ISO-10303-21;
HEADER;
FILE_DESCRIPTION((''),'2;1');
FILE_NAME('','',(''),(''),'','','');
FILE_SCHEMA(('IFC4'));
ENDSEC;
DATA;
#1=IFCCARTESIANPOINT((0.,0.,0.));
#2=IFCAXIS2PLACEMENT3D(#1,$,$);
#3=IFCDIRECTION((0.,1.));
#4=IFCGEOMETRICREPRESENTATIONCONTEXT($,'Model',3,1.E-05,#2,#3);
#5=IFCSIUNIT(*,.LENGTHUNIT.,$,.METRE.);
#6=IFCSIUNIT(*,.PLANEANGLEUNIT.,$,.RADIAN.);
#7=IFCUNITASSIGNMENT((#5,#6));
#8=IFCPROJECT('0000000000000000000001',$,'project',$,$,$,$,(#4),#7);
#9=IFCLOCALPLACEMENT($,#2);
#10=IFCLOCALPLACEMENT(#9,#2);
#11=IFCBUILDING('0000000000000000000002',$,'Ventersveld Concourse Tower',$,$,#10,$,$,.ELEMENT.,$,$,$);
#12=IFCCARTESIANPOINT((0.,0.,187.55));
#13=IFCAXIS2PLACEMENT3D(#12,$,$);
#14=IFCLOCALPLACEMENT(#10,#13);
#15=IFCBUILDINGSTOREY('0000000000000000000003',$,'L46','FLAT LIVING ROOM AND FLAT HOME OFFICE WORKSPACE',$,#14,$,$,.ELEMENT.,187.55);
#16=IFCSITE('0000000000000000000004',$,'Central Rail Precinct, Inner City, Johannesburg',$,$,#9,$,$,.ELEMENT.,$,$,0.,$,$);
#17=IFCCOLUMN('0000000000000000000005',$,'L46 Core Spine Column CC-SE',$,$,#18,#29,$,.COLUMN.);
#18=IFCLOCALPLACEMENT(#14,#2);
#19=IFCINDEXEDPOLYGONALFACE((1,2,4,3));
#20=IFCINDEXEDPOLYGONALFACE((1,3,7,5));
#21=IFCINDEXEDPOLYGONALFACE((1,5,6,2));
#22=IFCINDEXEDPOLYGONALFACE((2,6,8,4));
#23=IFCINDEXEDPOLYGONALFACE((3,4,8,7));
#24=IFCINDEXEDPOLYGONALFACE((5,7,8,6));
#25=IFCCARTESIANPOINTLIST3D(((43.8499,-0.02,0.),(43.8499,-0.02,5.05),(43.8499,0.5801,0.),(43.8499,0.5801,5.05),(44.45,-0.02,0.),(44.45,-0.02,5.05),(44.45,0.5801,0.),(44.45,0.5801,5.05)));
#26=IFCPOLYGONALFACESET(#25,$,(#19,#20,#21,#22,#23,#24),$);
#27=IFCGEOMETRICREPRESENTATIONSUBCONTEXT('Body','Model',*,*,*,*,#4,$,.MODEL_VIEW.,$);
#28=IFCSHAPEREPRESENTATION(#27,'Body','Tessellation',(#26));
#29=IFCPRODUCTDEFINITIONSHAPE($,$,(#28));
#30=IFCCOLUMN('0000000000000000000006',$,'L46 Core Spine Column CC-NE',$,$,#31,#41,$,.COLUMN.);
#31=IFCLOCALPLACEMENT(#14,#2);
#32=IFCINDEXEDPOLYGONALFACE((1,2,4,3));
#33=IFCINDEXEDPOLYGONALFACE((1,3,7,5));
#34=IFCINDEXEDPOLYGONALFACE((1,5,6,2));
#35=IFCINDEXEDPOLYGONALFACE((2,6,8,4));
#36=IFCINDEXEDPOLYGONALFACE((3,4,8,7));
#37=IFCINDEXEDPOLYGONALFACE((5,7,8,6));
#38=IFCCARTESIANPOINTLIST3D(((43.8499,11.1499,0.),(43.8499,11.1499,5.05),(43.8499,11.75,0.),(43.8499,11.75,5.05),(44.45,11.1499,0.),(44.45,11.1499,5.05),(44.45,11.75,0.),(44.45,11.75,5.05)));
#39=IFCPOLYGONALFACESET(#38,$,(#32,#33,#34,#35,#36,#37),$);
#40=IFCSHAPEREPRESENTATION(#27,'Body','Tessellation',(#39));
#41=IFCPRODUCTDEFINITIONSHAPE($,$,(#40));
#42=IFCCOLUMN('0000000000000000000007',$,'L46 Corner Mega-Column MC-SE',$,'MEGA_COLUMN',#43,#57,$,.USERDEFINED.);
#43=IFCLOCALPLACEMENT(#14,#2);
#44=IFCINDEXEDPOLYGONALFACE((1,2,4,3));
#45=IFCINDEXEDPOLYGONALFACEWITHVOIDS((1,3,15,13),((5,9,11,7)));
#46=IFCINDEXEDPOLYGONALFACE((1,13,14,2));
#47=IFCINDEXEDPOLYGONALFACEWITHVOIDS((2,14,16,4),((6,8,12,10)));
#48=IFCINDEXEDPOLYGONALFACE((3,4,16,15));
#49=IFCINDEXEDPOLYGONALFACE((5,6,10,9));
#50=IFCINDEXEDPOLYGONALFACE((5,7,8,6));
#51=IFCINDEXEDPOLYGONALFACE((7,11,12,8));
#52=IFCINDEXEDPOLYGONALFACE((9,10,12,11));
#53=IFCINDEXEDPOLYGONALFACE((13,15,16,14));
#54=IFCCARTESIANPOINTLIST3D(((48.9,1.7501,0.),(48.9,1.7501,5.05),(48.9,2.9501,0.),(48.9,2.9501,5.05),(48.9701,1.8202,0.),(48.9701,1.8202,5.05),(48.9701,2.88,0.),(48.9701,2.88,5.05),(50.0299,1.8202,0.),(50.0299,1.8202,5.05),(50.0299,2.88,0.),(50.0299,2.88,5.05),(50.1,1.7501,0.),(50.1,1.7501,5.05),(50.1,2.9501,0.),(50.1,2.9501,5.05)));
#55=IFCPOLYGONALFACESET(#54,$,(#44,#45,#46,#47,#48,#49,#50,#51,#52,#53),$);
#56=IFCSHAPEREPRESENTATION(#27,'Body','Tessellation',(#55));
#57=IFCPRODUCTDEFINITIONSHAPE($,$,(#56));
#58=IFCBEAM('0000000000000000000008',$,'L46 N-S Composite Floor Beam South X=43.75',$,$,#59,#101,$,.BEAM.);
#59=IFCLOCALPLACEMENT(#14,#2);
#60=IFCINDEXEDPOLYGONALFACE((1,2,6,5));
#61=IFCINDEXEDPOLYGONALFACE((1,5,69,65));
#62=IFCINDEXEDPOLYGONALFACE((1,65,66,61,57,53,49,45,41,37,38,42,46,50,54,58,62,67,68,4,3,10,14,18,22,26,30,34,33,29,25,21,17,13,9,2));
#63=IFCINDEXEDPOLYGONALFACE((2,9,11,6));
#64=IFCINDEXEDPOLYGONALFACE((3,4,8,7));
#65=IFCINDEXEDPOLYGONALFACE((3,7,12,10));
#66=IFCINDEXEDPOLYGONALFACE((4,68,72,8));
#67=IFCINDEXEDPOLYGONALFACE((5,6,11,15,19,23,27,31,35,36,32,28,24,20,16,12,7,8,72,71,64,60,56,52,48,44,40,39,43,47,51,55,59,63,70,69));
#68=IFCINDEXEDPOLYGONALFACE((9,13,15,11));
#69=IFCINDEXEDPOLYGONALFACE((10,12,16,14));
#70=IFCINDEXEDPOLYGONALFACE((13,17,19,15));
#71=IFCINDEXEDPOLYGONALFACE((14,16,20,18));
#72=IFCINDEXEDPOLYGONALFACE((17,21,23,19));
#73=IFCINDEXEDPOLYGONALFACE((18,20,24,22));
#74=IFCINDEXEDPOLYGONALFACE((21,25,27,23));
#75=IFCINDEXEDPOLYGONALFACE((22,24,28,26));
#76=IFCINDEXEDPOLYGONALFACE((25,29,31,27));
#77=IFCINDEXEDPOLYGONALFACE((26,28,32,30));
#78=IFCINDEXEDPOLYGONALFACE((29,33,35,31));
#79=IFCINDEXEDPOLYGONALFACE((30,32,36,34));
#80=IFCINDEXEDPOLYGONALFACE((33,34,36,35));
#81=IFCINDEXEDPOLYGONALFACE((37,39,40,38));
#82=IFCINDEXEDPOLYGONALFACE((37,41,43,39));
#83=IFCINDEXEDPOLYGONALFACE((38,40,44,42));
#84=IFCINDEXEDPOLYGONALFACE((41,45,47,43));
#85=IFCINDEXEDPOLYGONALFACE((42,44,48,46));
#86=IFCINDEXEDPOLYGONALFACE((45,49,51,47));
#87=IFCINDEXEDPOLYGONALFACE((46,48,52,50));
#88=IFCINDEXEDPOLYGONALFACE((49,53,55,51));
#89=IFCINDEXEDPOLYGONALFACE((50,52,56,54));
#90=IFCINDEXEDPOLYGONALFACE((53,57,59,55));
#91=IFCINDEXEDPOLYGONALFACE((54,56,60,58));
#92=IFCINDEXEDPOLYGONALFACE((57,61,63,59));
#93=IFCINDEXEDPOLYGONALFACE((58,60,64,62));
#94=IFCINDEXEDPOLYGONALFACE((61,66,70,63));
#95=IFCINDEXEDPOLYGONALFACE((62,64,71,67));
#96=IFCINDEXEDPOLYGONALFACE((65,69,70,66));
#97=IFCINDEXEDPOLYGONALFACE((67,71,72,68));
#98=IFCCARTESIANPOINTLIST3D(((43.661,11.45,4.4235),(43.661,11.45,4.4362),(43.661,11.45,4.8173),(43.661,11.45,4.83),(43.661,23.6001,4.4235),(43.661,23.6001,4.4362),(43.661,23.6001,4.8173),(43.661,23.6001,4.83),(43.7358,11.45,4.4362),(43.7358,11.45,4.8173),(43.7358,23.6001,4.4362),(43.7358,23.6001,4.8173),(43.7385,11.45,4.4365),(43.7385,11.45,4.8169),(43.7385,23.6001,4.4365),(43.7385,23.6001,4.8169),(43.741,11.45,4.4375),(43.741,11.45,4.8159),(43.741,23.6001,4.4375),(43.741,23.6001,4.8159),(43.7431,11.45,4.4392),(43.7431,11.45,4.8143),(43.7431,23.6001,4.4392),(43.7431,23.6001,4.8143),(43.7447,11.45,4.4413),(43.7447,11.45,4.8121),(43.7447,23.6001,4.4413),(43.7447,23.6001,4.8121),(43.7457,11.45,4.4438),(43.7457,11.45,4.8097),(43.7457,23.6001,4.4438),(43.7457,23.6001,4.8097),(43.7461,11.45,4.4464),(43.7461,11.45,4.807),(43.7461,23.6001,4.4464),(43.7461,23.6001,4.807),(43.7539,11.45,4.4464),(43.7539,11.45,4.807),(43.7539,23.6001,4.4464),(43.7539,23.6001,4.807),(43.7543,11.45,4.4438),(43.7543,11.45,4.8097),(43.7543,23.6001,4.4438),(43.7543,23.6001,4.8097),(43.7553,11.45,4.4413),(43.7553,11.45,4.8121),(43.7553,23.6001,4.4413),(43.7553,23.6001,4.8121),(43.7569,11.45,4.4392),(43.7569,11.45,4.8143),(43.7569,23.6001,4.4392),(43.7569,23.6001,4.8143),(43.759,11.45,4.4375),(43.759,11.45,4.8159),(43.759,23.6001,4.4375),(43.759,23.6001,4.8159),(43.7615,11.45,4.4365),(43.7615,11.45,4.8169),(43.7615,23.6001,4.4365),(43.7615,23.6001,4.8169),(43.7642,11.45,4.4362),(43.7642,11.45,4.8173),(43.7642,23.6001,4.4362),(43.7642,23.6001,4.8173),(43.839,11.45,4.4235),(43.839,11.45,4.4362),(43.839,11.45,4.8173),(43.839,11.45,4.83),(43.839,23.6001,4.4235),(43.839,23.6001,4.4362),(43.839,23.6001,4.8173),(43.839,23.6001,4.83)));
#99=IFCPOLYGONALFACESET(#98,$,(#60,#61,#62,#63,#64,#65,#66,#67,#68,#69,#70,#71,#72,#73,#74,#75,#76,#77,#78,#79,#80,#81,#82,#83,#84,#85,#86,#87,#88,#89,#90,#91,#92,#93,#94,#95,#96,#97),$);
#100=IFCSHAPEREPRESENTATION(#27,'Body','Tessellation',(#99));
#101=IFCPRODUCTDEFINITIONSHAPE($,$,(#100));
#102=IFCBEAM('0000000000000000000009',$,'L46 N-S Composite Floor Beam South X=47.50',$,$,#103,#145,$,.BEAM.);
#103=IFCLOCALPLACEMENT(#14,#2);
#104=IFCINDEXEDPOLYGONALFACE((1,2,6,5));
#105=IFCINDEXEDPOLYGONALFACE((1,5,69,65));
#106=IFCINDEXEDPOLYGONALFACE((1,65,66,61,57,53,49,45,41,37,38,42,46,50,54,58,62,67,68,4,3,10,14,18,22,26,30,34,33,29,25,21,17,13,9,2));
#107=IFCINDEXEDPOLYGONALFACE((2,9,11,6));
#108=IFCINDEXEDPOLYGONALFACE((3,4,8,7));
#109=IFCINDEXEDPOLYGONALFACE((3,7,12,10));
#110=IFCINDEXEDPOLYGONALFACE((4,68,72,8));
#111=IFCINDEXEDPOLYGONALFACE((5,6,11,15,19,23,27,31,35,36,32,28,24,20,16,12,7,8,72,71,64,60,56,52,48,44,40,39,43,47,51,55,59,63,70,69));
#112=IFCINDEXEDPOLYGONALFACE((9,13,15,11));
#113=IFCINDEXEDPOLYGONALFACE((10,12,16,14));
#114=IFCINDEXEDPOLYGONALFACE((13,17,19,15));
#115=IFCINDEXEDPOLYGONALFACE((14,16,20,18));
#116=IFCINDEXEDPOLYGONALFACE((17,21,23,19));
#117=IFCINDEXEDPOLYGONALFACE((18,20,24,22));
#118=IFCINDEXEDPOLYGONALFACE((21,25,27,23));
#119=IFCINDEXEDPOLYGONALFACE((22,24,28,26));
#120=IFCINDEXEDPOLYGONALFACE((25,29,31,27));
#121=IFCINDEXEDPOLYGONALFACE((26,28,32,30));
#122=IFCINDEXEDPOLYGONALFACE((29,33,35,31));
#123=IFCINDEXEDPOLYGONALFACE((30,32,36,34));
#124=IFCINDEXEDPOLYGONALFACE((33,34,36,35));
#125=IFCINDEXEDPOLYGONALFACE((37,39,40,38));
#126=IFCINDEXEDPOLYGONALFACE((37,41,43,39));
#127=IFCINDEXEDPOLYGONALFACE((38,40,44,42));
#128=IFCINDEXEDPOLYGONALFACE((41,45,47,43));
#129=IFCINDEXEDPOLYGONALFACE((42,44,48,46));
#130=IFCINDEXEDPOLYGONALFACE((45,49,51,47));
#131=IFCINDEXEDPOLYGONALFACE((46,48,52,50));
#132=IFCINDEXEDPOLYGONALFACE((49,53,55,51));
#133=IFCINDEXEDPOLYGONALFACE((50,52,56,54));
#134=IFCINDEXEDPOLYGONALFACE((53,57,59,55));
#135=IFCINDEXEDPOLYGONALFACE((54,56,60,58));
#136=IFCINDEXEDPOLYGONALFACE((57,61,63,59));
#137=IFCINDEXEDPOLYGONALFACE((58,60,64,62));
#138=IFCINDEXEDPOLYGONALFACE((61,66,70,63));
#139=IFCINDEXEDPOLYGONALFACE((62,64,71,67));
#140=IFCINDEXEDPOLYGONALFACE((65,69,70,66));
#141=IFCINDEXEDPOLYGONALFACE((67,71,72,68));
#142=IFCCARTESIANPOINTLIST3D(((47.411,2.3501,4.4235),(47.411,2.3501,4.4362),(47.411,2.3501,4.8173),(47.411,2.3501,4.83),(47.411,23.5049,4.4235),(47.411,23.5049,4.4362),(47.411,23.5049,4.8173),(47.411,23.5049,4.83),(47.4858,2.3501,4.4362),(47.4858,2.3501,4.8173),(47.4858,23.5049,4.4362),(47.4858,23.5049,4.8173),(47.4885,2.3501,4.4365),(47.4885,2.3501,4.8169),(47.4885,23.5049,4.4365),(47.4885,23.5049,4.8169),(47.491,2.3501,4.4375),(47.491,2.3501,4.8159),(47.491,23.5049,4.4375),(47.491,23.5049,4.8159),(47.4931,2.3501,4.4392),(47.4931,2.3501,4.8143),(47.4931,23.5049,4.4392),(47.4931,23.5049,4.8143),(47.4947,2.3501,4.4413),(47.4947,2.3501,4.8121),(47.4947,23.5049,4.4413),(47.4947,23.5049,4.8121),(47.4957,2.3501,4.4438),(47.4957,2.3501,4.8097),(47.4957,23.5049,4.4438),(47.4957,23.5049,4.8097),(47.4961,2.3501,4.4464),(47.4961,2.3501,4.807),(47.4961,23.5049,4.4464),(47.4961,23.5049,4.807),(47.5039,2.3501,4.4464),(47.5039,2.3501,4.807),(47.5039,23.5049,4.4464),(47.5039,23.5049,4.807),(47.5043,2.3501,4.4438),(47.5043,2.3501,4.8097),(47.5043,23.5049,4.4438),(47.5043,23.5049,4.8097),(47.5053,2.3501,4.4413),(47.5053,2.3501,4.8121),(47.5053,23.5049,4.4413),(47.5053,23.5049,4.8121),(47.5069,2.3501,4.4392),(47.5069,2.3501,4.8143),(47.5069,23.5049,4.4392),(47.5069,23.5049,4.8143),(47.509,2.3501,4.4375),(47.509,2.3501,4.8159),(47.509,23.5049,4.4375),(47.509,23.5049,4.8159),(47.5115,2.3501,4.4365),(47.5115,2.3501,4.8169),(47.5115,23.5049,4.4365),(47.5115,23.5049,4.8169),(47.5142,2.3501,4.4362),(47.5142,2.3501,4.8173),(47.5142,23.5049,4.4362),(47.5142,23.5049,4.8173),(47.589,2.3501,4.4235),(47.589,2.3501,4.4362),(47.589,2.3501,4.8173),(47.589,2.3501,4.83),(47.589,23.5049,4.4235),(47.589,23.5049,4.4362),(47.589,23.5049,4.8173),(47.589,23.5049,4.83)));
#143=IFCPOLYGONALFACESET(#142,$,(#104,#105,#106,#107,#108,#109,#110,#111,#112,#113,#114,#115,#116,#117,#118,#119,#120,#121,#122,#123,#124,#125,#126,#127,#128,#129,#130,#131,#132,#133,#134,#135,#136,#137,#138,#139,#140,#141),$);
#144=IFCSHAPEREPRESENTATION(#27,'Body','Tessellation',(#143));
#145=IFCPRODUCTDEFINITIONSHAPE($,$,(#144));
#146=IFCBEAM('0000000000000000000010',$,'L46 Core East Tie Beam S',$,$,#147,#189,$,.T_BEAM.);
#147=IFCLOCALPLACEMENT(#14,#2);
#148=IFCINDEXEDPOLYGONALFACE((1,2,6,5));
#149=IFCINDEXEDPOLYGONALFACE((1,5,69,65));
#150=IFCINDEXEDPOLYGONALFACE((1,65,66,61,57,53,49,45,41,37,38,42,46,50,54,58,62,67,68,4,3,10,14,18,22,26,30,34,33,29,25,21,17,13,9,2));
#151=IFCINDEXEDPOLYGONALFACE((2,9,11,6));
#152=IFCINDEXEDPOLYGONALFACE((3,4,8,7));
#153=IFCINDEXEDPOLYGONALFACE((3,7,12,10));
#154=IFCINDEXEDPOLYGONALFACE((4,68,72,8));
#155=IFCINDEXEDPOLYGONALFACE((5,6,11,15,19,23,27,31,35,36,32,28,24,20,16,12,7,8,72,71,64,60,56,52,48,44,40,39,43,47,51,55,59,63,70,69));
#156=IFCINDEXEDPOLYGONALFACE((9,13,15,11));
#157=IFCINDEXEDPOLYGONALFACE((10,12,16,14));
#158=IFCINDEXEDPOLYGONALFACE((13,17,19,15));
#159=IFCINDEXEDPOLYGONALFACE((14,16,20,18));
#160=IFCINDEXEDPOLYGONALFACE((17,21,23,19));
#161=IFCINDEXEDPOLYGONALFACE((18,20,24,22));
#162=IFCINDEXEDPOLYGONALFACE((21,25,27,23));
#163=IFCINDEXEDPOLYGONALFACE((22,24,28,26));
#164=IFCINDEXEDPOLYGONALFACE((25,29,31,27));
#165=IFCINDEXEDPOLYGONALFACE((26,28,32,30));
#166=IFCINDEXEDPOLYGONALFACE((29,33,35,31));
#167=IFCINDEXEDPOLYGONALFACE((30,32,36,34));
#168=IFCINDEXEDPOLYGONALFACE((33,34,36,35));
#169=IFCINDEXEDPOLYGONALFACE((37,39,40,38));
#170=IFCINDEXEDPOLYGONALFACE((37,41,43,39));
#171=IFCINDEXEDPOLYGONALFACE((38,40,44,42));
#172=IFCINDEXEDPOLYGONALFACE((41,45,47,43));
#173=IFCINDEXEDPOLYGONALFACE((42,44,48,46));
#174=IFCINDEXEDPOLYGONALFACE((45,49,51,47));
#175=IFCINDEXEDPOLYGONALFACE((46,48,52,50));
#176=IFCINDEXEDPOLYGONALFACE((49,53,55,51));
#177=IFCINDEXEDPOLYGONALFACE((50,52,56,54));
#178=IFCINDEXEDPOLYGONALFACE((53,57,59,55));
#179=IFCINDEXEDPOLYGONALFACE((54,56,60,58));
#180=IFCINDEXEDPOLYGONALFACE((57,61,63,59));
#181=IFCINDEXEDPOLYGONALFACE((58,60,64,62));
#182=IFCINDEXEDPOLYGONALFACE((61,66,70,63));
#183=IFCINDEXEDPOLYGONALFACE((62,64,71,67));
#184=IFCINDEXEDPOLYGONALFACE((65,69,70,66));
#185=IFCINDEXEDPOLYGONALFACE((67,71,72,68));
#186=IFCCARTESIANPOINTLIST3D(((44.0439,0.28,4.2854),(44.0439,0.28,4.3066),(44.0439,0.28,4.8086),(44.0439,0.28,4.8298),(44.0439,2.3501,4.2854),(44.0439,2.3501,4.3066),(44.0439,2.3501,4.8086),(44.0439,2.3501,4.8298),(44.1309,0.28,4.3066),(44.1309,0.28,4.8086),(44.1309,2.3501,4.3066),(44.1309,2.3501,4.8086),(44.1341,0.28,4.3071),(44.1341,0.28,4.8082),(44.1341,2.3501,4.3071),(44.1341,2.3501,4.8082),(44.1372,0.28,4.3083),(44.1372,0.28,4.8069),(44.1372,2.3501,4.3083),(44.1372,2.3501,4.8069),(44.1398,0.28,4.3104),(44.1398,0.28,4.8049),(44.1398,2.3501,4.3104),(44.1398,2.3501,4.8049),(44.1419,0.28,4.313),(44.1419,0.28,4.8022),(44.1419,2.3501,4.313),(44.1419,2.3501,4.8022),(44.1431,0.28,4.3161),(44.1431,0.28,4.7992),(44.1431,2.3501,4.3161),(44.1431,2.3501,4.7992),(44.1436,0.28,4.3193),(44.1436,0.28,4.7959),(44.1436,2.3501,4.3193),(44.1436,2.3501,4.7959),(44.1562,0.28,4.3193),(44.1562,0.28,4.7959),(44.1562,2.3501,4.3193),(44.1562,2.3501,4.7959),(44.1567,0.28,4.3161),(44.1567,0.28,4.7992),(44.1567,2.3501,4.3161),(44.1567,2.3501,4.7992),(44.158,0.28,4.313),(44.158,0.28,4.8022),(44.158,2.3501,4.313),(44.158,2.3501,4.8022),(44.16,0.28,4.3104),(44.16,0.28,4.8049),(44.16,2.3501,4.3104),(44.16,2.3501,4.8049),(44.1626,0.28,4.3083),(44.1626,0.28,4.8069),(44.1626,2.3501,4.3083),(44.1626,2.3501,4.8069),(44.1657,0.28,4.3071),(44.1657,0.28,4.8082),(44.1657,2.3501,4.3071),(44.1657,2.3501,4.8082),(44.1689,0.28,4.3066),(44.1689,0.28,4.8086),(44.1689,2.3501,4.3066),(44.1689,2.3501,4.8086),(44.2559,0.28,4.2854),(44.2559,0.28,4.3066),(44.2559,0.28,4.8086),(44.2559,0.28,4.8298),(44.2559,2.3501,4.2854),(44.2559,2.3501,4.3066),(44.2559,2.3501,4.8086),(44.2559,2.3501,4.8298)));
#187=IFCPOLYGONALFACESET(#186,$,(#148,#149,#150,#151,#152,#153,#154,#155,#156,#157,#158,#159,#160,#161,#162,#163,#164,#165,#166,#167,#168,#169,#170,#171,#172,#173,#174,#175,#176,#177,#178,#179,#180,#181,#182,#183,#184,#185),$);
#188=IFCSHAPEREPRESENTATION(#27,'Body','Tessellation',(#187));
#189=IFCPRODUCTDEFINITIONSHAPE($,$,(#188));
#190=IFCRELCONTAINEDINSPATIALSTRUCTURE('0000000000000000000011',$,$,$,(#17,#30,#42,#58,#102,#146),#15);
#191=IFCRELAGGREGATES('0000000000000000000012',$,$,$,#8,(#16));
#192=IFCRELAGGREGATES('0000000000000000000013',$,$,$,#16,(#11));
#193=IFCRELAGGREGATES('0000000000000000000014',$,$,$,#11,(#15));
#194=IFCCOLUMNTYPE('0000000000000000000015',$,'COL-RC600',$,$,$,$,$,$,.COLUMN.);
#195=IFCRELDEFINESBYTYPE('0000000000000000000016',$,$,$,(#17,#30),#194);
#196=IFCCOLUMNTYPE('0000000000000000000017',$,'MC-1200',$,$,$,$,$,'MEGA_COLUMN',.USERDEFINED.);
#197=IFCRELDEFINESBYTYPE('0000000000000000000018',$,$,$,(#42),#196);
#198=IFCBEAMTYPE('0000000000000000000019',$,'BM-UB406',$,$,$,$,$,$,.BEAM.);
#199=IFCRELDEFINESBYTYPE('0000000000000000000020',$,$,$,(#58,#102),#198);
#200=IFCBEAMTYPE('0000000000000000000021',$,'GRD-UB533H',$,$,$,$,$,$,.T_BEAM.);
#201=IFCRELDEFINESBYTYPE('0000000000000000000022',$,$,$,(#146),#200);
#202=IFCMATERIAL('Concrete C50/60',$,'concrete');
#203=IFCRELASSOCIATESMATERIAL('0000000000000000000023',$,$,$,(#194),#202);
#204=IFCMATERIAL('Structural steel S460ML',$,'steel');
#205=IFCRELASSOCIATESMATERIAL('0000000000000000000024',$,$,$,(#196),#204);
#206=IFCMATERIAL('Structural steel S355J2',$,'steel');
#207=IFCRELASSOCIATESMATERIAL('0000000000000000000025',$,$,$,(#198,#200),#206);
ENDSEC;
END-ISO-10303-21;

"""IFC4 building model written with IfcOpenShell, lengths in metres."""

from ifc_helpers import new_model, si_unit, direction, frame, origin, origin_2d, place, context, subcontext, project, spatial, rectangle, hollow_rectangle, i_section, extrude, material, material_profile, profile_set, type_object, element, save


model = new_model("IFC4")

# Units and contexts
model_context = context("Model", 3, precision=1e-05, world=origin(), true_north=direction((0.0, 1.0)))
body_context = subcontext(model_context, "Body", "Model", "MODEL_VIEW")
ifc_project = project(units=[si_unit("LENGTHUNIT", "METRE"), si_unit("PLANEANGLEUNIT", "RADIAN")], contexts=[model_context])

# Site, building, storey
site_placement = place(None, origin())
site = spatial("IfcSite", under=ifc_project, at=site_placement, Name="Central Rail Precinct, Inner City, Johannesburg", CompositionType="ELEMENT", RefElevation=0.0)
building_placement = place(site_placement, origin())
building = spatial("IfcBuilding", under=site, at=building_placement, Name="Ventersveld Concourse Tower", CompositionType="ELEMENT")
storey_placement = place(building_placement, frame((0.0, 0.0, 187.55)))
storey = spatial("IfcBuildingStorey", under=building, at=storey_placement, Name="L46", Description="FLAT LIVING ROOM AND FLAT HOME OFFICE WORKSPACE", CompositionType="ELEMENT", Elevation=187.55)

# Columns
ifc_material_1 = material(Name="Concrete C50/60", Category="concrete")
ifc_material_profile_1 = material_profile(ifc_material_1, rectangle(XDim=0.6001, YDim=0.6001, at=origin_2d()), Name="RC 600x600")
ifc_profile_set_1 = profile_set([ifc_material_profile_1], Name="Concrete C50/60")
column_type_1 = type_object("IfcColumnType", Name="COL-RC600", PredefinedType="COLUMN", material=ifc_profile_set_1)
for number, where, z_axis, x_axis, name in (
    (1, (44.1499, 0.28, 0.0), (0.0, 0.0, 1.0), (1.0, 0.0, 0.0), "L46 Core Spine Column CC-SE"),
    (2, (44.1499, 11.45, 0.0), (0.0, 0.0, 1.0), (1.0, 0.0, 0.0), "L46 Core Spine Column CC-NE"),
):
    element("IfcColumn", number, at=place(storey_placement, frame(where, z_axis=z_axis, x_axis=x_axis)), inside=storey, type_object=column_type_1, Name=name, PredefinedType="COLUMN", context=body_context, shape_type="SweptSolid", body=[
        extrude(rectangle(XDim=0.6001, YDim=0.6001, at=origin_2d()), origin(), (0.0, 0.0, 1.0), 5.05),
    ])
ifc_material_2 = material(Name="Structural steel S460ML", Category="steel")
ifc_material_profile_2 = material_profile(ifc_material_2, hollow_rectangle(XDim=1.2, YDim=1.2, WallThickness=0.0701, at=origin_2d()), Name="BOX 1200x1200x70")
ifc_profile_set_2 = profile_set([ifc_material_profile_2], Name="Structural steel S460ML")
column_type_2 = type_object("IfcColumnType", Name="MC-1200", ElementType="MEGA_COLUMN", PredefinedType="USERDEFINED", material=ifc_profile_set_2)
column_placement = place(storey_placement, frame((49.5, 2.3501, 0.0), z_axis=(0.0, 0.0, 1.0), x_axis=(1.0, 0.0, 0.0)))
element("IfcColumn", 3, at=column_placement, inside=storey, type_object=column_type_2, Name="L46 Corner Mega-Column MC-SE", ObjectType="MEGA_COLUMN", PredefinedType="USERDEFINED", context=body_context, shape_type="SweptSolid", body=[
    extrude(hollow_rectangle(XDim=1.2, YDim=1.2, WallThickness=0.0701, at=origin_2d()), origin(), (0.0, 0.0, 1.0), 5.05),
])

# Beams
ifc_material_3 = material(Name="Structural steel S355J2", Category="steel")
ifc_material_profile_3 = material_profile(ifc_material_3, i_section(OverallWidth=0.178, OverallDepth=0.4065, WebThickness=0.0078, FlangeThickness=0.0127, FilletRadius=0.0103, at=origin_2d()), Name="UB 406x178x60")
ifc_profile_set_3 = profile_set([ifc_material_profile_3], Name="Structural steel S355J2")
beam_type_1 = type_object("IfcBeamType", Name="BM-UB406", PredefinedType="BEAM", material=ifc_profile_set_3)
beam_1_placement = place(storey_placement, frame((43.75, 11.45, 4.6267), z_axis=(0.0, 1.0, 0.0), x_axis=(-1.0, 0.0, 0.0)))
element("IfcBeam", 4, at=beam_1_placement, inside=storey, type_object=beam_type_1, Name="L46 N-S Composite Floor Beam South X=43.75", PredefinedType="BEAM", context=body_context, shape_type="SweptSolid", body=[
    extrude(i_section(OverallWidth=0.178, OverallDepth=0.4065, WebThickness=0.0078, FlangeThickness=0.0127, FilletRadius=0.0103, at=origin_2d()), origin(), (0.0, 0.0, 1.0), 12.1501),
])
beam_2_placement = place(storey_placement, frame((47.5, 2.3501, 4.6267), z_axis=(0.0, 1.0, 0.0), x_axis=(-1.0, 0.0, 0.0)))
element("IfcBeam", 5, at=beam_2_placement, inside=storey, type_object=beam_type_1, Name="L46 N-S Composite Floor Beam South X=47.50", PredefinedType="BEAM", context=body_context, shape_type="SweptSolid", body=[
    extrude(i_section(OverallWidth=0.178, OverallDepth=0.4065, WebThickness=0.0078, FlangeThickness=0.0127, FilletRadius=0.0103, at=origin_2d()), origin(), (0.0, 0.0, 1.0), 21.1548),
])
ifc_material_profile_4 = material_profile(ifc_material_3, i_section(OverallWidth=0.2119, OverallDepth=0.5444, WebThickness=0.0127, FlangeThickness=0.0212, FilletRadius=0.0127, at=origin_2d()), Name="UB 533x210x122")
ifc_profile_set_4 = profile_set([ifc_material_profile_4], Name="Structural steel S355J2")
beam_type_2 = type_object("IfcBeamType", Name="GRD-UB533H", PredefinedType="T_BEAM", material=ifc_profile_set_4)
beam_3_placement = place(storey_placement, frame((44.1499, 0.28, 4.5576), z_axis=(0.0, 1.0, 0.0), x_axis=(-1.0, 0.0, 0.0)))
element("IfcBeam", 6, at=beam_3_placement, inside=storey, type_object=beam_type_2, Name="L46 Core East Tie Beam S", PredefinedType="T_BEAM", context=body_context, shape_type="SweptSolid", body=[
    extrude(i_section(OverallWidth=0.2119, OverallDepth=0.5444, WebThickness=0.0127, FlangeThickness=0.0212, FilletRadius=0.0127, at=origin_2d()), origin(), (0.0, 0.0, 1.0), 2.0701),
])

save(model, "model.ifc")
